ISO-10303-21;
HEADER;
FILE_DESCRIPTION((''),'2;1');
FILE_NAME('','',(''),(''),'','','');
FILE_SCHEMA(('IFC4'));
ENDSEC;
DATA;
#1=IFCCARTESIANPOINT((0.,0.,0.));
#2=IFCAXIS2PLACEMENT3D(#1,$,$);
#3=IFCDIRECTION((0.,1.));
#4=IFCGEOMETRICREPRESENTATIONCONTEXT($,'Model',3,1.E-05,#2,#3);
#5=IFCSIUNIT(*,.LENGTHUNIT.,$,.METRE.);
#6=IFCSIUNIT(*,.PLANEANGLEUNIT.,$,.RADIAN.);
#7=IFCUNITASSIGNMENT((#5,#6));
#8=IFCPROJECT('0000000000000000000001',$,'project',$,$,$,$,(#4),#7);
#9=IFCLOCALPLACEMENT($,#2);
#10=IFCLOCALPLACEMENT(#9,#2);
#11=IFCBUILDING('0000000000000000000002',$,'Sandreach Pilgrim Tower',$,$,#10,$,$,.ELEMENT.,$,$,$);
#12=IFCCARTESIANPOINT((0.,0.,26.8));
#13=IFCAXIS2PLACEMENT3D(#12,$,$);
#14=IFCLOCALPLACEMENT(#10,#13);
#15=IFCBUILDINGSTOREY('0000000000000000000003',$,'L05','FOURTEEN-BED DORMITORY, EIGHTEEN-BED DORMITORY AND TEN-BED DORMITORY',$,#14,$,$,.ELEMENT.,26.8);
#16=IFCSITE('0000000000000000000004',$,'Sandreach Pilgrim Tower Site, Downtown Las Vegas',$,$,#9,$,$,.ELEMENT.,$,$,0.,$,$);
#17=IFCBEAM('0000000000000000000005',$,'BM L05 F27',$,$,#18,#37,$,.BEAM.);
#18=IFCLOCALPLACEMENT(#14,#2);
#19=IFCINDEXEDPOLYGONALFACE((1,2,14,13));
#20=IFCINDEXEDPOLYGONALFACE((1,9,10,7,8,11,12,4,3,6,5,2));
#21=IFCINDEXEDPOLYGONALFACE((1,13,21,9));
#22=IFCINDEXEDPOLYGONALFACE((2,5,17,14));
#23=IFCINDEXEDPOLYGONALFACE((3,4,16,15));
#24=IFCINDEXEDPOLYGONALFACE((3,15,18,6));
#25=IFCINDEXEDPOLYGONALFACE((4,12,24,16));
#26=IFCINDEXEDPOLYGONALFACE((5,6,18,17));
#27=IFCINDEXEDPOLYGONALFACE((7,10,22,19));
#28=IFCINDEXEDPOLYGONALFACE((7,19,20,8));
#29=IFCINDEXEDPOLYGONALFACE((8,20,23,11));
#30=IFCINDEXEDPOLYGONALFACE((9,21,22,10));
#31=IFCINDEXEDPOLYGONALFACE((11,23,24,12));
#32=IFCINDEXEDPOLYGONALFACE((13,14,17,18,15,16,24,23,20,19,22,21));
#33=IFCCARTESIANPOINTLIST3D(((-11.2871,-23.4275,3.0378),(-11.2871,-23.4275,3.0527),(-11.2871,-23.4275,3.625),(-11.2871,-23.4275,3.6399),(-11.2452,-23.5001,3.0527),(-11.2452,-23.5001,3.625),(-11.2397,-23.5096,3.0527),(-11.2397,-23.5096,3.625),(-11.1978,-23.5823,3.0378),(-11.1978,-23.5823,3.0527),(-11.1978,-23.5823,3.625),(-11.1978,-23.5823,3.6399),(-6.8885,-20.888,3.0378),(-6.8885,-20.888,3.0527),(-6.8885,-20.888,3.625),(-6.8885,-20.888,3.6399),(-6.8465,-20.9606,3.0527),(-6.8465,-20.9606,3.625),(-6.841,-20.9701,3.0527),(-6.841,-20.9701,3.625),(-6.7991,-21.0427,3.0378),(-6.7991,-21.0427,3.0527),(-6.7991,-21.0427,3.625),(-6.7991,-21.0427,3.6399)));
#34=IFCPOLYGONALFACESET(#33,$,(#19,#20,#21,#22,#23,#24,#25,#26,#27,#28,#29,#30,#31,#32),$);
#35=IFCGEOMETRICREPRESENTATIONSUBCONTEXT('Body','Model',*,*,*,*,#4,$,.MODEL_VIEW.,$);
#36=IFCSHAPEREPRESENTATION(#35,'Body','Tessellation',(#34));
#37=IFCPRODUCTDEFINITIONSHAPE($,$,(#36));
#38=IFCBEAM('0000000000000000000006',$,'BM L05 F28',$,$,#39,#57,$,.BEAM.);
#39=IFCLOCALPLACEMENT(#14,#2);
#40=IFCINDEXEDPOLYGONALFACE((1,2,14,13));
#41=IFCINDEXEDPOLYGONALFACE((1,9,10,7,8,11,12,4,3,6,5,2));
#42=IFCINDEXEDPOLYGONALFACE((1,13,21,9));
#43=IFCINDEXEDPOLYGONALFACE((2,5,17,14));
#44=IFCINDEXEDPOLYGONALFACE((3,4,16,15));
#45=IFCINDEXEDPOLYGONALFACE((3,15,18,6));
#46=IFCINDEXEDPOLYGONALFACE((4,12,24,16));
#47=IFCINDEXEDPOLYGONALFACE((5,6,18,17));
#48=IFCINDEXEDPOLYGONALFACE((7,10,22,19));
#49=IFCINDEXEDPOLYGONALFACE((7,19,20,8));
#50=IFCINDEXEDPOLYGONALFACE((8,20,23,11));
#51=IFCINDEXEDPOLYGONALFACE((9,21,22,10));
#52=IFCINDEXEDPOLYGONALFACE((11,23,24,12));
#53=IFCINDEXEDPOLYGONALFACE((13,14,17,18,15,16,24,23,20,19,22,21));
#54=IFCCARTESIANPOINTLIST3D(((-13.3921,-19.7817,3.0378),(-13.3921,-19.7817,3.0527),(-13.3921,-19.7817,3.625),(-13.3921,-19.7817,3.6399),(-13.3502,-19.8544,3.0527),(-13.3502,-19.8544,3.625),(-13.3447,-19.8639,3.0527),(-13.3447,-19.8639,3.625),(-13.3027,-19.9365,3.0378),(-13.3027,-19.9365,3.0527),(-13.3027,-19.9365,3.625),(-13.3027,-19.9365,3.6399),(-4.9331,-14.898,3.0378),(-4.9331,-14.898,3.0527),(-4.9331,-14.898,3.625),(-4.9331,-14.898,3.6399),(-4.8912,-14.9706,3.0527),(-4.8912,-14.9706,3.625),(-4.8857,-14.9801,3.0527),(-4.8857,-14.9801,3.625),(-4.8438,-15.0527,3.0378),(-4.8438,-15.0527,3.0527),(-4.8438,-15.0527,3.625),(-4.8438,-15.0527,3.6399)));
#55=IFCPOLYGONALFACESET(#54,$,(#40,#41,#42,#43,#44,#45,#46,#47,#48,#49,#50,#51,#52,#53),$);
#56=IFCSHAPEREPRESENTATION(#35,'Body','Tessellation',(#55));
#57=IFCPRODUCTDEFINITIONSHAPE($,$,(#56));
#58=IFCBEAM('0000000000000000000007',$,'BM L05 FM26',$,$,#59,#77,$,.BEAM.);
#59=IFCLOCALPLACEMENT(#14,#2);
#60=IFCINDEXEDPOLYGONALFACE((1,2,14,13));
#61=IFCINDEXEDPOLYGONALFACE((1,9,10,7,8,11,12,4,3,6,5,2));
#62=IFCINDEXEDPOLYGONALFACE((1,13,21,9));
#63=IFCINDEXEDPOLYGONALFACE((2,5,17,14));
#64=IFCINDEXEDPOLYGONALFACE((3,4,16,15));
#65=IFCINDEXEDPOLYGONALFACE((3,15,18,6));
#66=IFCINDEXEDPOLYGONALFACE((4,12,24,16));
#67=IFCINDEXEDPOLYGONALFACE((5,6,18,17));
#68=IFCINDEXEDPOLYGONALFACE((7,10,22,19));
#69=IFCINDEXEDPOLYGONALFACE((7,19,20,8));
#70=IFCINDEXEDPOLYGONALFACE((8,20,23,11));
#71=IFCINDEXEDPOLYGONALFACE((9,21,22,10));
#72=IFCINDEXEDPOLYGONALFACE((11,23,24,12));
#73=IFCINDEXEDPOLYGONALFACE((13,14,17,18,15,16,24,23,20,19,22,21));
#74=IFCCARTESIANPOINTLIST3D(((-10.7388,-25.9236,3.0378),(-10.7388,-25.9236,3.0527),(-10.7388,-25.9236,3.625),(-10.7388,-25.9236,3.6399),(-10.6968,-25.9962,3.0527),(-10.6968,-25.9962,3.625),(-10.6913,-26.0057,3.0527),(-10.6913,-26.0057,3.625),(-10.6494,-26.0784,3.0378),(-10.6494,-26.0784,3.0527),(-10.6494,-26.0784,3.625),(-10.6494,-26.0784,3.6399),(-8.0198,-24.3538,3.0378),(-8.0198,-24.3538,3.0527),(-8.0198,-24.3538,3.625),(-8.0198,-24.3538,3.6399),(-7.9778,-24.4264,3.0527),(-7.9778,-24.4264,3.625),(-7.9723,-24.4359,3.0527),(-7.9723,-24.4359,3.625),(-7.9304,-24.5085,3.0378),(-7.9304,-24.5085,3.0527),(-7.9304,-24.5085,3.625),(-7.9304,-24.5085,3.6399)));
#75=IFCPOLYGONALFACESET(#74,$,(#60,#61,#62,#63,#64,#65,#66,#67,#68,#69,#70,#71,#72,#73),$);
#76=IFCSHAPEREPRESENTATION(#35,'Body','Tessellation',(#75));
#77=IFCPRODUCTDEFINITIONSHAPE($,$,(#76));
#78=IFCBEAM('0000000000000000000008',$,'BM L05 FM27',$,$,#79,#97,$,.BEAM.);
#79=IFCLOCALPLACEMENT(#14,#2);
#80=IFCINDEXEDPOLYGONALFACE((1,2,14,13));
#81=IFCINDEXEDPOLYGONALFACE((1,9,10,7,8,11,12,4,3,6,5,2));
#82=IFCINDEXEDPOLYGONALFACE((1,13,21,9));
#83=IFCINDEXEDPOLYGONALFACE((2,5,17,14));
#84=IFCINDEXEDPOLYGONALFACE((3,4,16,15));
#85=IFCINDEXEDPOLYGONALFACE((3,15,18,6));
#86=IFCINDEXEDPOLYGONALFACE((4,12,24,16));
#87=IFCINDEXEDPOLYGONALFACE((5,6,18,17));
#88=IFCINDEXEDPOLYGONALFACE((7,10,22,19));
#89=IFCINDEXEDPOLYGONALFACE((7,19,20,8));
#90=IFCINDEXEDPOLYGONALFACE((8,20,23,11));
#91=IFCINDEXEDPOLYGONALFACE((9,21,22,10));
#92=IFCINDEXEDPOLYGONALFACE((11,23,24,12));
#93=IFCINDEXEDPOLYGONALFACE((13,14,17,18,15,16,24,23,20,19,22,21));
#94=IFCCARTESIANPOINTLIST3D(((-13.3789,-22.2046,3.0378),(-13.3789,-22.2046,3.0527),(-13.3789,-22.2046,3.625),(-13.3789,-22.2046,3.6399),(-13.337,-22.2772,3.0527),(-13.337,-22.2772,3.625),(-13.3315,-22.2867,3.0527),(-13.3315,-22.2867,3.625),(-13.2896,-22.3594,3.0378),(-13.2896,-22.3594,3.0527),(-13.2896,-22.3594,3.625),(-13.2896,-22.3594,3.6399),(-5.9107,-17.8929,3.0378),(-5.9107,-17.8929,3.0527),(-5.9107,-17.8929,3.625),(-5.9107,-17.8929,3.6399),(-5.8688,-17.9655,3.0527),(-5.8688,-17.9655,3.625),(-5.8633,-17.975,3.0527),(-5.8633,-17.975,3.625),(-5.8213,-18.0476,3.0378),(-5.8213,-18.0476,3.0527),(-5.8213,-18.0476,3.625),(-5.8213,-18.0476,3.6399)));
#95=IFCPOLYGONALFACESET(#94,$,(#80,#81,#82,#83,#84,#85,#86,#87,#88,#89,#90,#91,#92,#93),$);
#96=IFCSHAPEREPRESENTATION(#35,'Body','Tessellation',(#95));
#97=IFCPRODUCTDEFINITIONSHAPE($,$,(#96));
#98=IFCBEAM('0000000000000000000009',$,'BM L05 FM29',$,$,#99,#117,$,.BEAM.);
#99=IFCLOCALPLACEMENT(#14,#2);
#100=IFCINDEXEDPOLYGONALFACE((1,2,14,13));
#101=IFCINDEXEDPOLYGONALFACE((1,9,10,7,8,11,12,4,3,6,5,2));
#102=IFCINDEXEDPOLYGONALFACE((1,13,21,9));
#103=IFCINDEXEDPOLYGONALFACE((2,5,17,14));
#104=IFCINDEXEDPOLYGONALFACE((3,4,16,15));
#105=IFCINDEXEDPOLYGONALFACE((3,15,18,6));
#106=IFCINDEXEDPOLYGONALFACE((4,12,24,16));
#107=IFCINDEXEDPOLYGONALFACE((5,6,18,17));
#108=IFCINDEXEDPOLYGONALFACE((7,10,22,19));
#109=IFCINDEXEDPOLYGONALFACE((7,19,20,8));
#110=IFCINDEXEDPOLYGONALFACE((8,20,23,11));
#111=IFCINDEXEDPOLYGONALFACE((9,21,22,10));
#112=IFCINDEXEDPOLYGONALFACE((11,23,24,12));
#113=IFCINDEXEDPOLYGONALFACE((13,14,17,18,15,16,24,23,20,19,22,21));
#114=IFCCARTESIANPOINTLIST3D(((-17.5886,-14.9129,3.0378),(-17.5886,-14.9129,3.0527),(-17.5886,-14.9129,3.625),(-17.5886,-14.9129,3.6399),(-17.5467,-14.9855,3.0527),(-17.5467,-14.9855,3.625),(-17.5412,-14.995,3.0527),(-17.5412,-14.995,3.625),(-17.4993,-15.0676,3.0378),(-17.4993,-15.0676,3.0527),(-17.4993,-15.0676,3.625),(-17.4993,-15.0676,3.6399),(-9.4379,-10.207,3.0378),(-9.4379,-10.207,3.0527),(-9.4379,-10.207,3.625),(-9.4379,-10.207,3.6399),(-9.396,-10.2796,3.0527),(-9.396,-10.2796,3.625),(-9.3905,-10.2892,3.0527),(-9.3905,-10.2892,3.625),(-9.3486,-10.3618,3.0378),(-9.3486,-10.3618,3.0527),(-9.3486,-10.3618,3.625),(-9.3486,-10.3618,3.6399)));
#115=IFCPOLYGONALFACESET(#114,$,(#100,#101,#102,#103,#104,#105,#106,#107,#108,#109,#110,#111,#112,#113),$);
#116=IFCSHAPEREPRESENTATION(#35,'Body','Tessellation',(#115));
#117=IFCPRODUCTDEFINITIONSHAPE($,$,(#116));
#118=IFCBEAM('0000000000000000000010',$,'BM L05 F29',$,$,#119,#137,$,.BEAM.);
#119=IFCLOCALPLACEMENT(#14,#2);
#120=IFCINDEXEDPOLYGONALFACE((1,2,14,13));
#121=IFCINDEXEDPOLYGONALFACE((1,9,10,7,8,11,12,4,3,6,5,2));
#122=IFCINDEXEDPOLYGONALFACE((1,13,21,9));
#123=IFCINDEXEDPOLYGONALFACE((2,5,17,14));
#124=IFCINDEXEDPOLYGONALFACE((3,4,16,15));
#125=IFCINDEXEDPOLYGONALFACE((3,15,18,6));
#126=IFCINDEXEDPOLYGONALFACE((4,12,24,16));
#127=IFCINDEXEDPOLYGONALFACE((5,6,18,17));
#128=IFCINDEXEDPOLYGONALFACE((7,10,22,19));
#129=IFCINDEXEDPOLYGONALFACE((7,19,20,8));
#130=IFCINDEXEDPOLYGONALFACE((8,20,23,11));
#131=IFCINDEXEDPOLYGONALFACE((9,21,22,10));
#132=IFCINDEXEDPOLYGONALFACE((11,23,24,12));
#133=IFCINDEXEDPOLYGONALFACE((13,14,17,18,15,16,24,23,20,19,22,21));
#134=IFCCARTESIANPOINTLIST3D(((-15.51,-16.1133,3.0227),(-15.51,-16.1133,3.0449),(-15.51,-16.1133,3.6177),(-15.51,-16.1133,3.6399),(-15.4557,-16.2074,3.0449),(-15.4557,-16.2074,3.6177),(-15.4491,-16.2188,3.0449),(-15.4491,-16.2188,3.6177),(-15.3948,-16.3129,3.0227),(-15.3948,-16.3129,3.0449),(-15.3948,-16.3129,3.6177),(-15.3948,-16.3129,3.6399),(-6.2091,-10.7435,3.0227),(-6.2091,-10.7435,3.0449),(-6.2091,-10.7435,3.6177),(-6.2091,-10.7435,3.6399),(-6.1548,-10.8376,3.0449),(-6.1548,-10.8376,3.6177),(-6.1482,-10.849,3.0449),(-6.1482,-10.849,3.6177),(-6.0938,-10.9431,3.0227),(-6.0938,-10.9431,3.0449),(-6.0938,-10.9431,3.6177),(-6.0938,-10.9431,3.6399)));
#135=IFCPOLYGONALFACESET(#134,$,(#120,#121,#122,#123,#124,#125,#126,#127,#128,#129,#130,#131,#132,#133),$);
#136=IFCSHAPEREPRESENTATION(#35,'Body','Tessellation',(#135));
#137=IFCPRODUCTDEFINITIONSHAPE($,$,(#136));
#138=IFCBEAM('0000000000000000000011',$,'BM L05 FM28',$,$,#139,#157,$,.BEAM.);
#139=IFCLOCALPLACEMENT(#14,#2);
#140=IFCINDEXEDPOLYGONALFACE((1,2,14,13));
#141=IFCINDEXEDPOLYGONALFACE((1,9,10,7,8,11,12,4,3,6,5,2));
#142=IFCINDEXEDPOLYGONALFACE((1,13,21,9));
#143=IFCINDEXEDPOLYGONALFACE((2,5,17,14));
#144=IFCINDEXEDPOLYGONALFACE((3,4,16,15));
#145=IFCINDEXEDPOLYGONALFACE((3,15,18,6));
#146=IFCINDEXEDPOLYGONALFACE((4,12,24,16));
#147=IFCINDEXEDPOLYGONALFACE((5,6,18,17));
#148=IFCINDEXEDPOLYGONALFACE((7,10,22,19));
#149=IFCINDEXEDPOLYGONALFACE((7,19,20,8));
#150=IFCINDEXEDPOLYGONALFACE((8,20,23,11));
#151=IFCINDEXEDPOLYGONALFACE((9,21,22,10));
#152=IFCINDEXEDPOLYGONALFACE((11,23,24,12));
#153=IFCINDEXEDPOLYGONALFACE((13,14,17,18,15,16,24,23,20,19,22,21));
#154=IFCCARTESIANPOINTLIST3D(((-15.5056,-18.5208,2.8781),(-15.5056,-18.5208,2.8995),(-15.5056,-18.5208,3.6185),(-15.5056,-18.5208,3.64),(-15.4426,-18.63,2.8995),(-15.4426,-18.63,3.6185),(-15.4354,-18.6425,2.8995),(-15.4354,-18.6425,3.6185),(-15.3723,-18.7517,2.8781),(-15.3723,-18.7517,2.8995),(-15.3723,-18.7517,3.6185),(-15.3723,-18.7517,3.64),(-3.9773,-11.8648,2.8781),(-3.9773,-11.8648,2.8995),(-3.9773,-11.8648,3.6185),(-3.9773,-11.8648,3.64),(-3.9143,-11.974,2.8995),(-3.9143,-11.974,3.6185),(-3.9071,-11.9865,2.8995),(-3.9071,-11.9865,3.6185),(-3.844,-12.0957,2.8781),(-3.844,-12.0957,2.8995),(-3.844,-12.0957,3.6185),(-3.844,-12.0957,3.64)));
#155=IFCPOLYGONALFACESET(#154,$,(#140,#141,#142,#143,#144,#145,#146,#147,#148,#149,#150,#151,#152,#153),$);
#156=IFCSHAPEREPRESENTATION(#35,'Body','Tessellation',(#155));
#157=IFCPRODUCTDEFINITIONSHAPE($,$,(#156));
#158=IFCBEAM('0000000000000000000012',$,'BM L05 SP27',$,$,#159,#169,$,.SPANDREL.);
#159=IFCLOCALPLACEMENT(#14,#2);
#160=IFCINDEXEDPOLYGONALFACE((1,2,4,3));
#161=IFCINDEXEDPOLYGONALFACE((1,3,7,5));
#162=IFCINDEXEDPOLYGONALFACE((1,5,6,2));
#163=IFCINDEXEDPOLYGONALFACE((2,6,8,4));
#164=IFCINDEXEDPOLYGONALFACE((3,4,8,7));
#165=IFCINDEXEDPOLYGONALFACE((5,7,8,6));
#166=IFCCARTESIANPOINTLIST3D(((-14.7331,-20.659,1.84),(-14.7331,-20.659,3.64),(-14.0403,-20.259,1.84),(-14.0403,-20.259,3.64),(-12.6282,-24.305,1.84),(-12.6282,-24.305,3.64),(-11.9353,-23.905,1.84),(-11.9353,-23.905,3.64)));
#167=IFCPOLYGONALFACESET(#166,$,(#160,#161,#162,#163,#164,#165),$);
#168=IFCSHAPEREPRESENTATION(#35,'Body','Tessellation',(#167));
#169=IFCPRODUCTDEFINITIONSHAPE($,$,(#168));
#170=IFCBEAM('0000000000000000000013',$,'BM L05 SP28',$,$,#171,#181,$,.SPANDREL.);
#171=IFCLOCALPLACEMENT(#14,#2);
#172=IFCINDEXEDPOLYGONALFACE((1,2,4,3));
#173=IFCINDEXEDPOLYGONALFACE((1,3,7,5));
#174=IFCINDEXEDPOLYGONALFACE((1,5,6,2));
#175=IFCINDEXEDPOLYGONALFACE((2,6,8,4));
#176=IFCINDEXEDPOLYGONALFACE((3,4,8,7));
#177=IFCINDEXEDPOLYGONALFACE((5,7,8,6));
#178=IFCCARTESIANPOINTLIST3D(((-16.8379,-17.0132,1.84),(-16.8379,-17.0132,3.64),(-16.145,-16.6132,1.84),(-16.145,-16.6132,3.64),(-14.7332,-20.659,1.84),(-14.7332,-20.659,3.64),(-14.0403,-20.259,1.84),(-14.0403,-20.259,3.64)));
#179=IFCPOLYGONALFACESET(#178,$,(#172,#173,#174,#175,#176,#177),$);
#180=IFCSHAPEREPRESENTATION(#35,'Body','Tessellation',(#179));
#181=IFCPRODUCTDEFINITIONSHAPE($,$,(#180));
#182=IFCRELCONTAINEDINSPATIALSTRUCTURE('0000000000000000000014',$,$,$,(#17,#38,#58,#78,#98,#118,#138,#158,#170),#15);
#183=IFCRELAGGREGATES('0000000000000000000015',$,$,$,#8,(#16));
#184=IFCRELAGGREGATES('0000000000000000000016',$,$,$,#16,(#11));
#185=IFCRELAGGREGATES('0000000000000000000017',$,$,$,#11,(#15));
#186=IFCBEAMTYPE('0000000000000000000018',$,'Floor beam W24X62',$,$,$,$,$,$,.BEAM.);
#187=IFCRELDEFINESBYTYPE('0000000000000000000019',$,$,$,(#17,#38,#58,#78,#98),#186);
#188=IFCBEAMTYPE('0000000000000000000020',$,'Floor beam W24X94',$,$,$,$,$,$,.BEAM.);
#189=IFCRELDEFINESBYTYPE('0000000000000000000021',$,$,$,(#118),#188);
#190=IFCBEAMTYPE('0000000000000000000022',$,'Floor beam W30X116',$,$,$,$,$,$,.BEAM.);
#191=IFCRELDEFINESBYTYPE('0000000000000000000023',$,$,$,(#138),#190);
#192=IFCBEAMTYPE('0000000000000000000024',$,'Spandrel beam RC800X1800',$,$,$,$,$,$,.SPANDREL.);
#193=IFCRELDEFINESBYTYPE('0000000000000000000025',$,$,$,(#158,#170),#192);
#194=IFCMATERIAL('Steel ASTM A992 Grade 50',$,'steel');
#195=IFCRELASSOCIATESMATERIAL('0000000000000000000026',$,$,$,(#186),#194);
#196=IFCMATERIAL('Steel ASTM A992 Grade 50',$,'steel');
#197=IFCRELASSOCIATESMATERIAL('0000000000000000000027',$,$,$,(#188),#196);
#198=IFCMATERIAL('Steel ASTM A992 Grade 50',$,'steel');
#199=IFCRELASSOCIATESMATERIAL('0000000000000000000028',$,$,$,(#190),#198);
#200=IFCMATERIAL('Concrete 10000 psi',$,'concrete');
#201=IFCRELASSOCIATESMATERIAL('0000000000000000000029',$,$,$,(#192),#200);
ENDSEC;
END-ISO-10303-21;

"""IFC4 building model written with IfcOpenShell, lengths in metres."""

from ifc_helpers import new_model, si_unit, direction, frame, origin, origin_2d, place, context, subcontext, project, spatial, rectangle, i_section, extrude, material, material_profile, profile_set, type_object, element, save


model = new_model("IFC4")

# Units and contexts
model_context = context("Model", 3, precision=1e-05, world=origin(), true_north=direction((0.0, 1.0)))
body_context = subcontext(model_context, "Body", "Model", "MODEL_VIEW")
ifc_project = project(units=[si_unit("LENGTHUNIT", "METRE"), si_unit("PLANEANGLEUNIT", "RADIAN")], contexts=[model_context])

# Site, building, storey
site_placement = place(None, origin())
site = spatial("IfcSite", under=ifc_project, at=site_placement, Name="Sandreach Pilgrim Tower Site, Downtown Las Vegas", CompositionType="ELEMENT", RefElevation=0.0)
building_placement = place(site_placement, origin())
building = spatial("IfcBuilding", under=site, at=building_placement, Name="Sandreach Pilgrim Tower", CompositionType="ELEMENT")
storey_placement = place(building_placement, frame((0.0, 0.0, 26.8)))
storey = spatial("IfcBuildingStorey", under=building, at=storey_placement, Name="L05", Description="FOURTEEN-BED DORMITORY, EIGHTEEN-BED DORMITORY AND TEN-BED DORMITORY", CompositionType="ELEMENT", Elevation=26.8)

# Beams
ifc_material_1 = material(Name="Steel ASTM A992 Grade 50", Category="steel")
ifc_material_profile_1 = material_profile(ifc_material_1, i_section(OverallWidth=0.1787, OverallDepth=0.6021, WebThickness=0.011, FlangeThickness=0.0149, at=origin_2d()), Name="W24X62")
ifc_profile_set_1 = profile_set([ifc_material_profile_1], Name="Steel ASTM A992 Grade 50")
beam_type_1 = type_object("IfcBeamType", Name="Floor beam W24X62", PredefinedType="BEAM", material=ifc_profile_set_1)
beam_1_placement = place(storey_placement, frame((-11.2424, -23.5049, 3.3389), z_axis=(0.866028, 0.499996, 0.0), x_axis=(-0.499996, 0.866028, 0.0)))
element("IfcBeam", 1, at=beam_1_placement, inside=storey, type_object=beam_type_1, Name="BM L05 F27", PredefinedType="BEAM", context=body_context, shape_type="SweptSolid", body=[
    extrude(i_section(OverallWidth=0.1787, OverallDepth=0.6021, WebThickness=0.011, FlangeThickness=0.0149, at=origin_2d()), origin(), (0.0, 0.0, 1.0), 5.0791),
])
beam_2_placement = place(storey_placement, frame((-13.3474, -19.8591, 3.3389), z_axis=(0.866026, 0.499999, 0.0), x_axis=(-0.499999, 0.866026, 0.0)))
element("IfcBeam", 2, at=beam_2_placement, inside=storey, type_object=beam_type_1, Name="BM L05 F28", PredefinedType="BEAM", context=body_context, shape_type="SweptSolid", body=[
    extrude(i_section(OverallWidth=0.1787, OverallDepth=0.6021, WebThickness=0.011, FlangeThickness=0.0149, at=origin_2d()), origin(), (0.0, 0.0, 1.0), 9.7676),
])
beam_3_placement = place(storey_placement, frame((-10.6941, -26.001, 3.3389), z_axis=(0.866024, 0.500003, 0.0), x_axis=(-0.500003, 0.866024, 0.0)))
element("IfcBeam", 3, at=beam_3_placement, inside=storey, type_object=beam_type_1, Name="BM L05 FM26", PredefinedType="BEAM", context=body_context, shape_type="SweptSolid", body=[
    extrude(i_section(OverallWidth=0.1787, OverallDepth=0.6021, WebThickness=0.011, FlangeThickness=0.0149, at=origin_2d()), origin(), (0.0, 0.0, 1.0), 3.1396),
])
beam_4_placement = place(storey_placement, frame((-13.3342, -22.282, 3.3389), z_axis=(0.866027, 0.499997, 0.0), x_axis=(-0.499997, 0.866027, 0.0)))
element("IfcBeam", 4, at=beam_4_placement, inside=storey, type_object=beam_type_1, Name="BM L05 FM27", PredefinedType="BEAM", context=body_context, shape_type="SweptSolid", body=[
    extrude(i_section(OverallWidth=0.1787, OverallDepth=0.6021, WebThickness=0.011, FlangeThickness=0.0149, at=origin_2d()), origin(), (0.0, 0.0, 1.0), 8.6235),
])
beam_5_placement = place(storey_placement, frame((-17.5439, -14.9902, 3.3389), z_axis=(0.866024, 0.500003, 0.0), x_axis=(-0.500003, 0.866024, 0.0)))
element("IfcBeam", 5, at=beam_5_placement, inside=storey, type_object=beam_type_1, Name="BM L05 FM29", PredefinedType="BEAM", context=body_context, shape_type="SweptSolid", body=[
    extrude(i_section(OverallWidth=0.1787, OverallDepth=0.6021, WebThickness=0.011, FlangeThickness=0.0149, at=origin_2d()), origin(), (0.0, 0.0, 1.0), 9.4116),
])
ifc_material_2 = material(Name="Steel ASTM A992 Grade 50", Category="steel")
ifc_material_profile_2 = material_profile(ifc_material_2, i_section(OverallWidth=0.2305, OverallDepth=0.6172, WebThickness=0.0132, FlangeThickness=0.0222, at=origin_2d()), Name="W24X94")
ifc_profile_set_2 = profile_set([ifc_material_profile_2], Name="Steel ASTM A992 Grade 50")
beam_type_2 = type_object("IfcBeamType", Name="Floor beam W24X94", PredefinedType="BEAM", material=ifc_profile_set_2)
beam_6_placement = place(storey_placement, frame((-15.4524, -16.2131, 3.3313), z_axis=(0.866028, 0.499995, 0.0), x_axis=(-0.499995, 0.866028, 0.0)))
element("IfcBeam", 6, at=beam_6_placement, inside=storey, type_object=beam_type_2, Name="BM L05 F29", PredefinedType="BEAM", context=body_context, shape_type="SweptSolid", body=[
    extrude(i_section(OverallWidth=0.2305, OverallDepth=0.6172, WebThickness=0.0132, FlangeThickness=0.0222, at=origin_2d()), origin(), (0.0, 0.0, 1.0), 10.7397),
])
ifc_material_3 = material(Name="Steel ASTM A992 Grade 50", Category="steel")
ifc_material_profile_3 = material_profile(ifc_material_3, i_section(OverallWidth=0.2666, OverallDepth=0.762, WebThickness=0.0144, FlangeThickness=0.0215, at=origin_2d()), Name="W30X116")
ifc_profile_set_3 = profile_set([ifc_material_profile_3], Name="Steel ASTM A992 Grade 50")
beam_type_3 = type_object("IfcBeamType", Name="Floor beam W30X116", PredefinedType="BEAM", material=ifc_profile_set_3)
beam_7_placement = place(storey_placement, frame((-15.439, -18.6362, 3.259), z_axis=(0.866021, 0.500007, 0.0), x_axis=(-0.500007, 0.866021, 0.0)))
element("IfcBeam", 7, at=beam_7_placement, inside=storey, type_object=beam_type_3, Name="BM L05 FM28", PredefinedType="BEAM", context=body_context, shape_type="SweptSolid", body=[
    extrude(i_section(OverallWidth=0.2666, OverallDepth=0.762, WebThickness=0.0144, FlangeThickness=0.0215, at=origin_2d()), origin(), (0.0, 0.0, 1.0), 13.3118),
])
ifc_material_4 = material(Name="Concrete 10000 psi", Category="concrete")
ifc_material_profile_4 = material_profile(ifc_material_4, rectangle(XDim=0.8, YDim=1.8, at=origin_2d()), Name="RC800X1800")
ifc_profile_set_4 = profile_set([ifc_material_profile_4], Name="Concrete 10000 psi")
beam_type_4 = type_object("IfcBeamType", Name="Spandrel beam RC800X1800", PredefinedType="SPANDREL", material=ifc_profile_set_4)
beam_8_placement = place(storey_placement, frame((-12.2817, -24.105, 2.74), z_axis=(-0.499994, 0.866029, 0.0), x_axis=(-0.866029, -0.499994, 0.0)))
element("IfcBeam", 8, at=beam_8_placement, inside=storey, type_object=beam_type_4, Name="BM L05 SP27", PredefinedType="SPANDREL", context=body_context, shape_type="SweptSolid", body=[
    extrude(rectangle(XDim=0.8, YDim=1.8, at=origin_2d()), origin(), (0.0, 0.0, 1.0), 4.21),
])
beam_9_placement = place(storey_placement, frame((-14.3867, -20.459, 2.74), z_axis=(-0.499975, 0.86604, 0.0), x_axis=(-0.86604, -0.499975, 0.0)))
element("IfcBeam", 9, at=beam_9_placement, inside=storey, type_object=beam_type_4, Name="BM L05 SP28", PredefinedType="SPANDREL", context=body_context, shape_type="SweptSolid", body=[
    extrude(rectangle(XDim=0.8, YDim=1.8, at=origin_2d()), origin(), (0.0, 0.0, 1.0), 4.2097),
])

save(model, "model.ifc")
